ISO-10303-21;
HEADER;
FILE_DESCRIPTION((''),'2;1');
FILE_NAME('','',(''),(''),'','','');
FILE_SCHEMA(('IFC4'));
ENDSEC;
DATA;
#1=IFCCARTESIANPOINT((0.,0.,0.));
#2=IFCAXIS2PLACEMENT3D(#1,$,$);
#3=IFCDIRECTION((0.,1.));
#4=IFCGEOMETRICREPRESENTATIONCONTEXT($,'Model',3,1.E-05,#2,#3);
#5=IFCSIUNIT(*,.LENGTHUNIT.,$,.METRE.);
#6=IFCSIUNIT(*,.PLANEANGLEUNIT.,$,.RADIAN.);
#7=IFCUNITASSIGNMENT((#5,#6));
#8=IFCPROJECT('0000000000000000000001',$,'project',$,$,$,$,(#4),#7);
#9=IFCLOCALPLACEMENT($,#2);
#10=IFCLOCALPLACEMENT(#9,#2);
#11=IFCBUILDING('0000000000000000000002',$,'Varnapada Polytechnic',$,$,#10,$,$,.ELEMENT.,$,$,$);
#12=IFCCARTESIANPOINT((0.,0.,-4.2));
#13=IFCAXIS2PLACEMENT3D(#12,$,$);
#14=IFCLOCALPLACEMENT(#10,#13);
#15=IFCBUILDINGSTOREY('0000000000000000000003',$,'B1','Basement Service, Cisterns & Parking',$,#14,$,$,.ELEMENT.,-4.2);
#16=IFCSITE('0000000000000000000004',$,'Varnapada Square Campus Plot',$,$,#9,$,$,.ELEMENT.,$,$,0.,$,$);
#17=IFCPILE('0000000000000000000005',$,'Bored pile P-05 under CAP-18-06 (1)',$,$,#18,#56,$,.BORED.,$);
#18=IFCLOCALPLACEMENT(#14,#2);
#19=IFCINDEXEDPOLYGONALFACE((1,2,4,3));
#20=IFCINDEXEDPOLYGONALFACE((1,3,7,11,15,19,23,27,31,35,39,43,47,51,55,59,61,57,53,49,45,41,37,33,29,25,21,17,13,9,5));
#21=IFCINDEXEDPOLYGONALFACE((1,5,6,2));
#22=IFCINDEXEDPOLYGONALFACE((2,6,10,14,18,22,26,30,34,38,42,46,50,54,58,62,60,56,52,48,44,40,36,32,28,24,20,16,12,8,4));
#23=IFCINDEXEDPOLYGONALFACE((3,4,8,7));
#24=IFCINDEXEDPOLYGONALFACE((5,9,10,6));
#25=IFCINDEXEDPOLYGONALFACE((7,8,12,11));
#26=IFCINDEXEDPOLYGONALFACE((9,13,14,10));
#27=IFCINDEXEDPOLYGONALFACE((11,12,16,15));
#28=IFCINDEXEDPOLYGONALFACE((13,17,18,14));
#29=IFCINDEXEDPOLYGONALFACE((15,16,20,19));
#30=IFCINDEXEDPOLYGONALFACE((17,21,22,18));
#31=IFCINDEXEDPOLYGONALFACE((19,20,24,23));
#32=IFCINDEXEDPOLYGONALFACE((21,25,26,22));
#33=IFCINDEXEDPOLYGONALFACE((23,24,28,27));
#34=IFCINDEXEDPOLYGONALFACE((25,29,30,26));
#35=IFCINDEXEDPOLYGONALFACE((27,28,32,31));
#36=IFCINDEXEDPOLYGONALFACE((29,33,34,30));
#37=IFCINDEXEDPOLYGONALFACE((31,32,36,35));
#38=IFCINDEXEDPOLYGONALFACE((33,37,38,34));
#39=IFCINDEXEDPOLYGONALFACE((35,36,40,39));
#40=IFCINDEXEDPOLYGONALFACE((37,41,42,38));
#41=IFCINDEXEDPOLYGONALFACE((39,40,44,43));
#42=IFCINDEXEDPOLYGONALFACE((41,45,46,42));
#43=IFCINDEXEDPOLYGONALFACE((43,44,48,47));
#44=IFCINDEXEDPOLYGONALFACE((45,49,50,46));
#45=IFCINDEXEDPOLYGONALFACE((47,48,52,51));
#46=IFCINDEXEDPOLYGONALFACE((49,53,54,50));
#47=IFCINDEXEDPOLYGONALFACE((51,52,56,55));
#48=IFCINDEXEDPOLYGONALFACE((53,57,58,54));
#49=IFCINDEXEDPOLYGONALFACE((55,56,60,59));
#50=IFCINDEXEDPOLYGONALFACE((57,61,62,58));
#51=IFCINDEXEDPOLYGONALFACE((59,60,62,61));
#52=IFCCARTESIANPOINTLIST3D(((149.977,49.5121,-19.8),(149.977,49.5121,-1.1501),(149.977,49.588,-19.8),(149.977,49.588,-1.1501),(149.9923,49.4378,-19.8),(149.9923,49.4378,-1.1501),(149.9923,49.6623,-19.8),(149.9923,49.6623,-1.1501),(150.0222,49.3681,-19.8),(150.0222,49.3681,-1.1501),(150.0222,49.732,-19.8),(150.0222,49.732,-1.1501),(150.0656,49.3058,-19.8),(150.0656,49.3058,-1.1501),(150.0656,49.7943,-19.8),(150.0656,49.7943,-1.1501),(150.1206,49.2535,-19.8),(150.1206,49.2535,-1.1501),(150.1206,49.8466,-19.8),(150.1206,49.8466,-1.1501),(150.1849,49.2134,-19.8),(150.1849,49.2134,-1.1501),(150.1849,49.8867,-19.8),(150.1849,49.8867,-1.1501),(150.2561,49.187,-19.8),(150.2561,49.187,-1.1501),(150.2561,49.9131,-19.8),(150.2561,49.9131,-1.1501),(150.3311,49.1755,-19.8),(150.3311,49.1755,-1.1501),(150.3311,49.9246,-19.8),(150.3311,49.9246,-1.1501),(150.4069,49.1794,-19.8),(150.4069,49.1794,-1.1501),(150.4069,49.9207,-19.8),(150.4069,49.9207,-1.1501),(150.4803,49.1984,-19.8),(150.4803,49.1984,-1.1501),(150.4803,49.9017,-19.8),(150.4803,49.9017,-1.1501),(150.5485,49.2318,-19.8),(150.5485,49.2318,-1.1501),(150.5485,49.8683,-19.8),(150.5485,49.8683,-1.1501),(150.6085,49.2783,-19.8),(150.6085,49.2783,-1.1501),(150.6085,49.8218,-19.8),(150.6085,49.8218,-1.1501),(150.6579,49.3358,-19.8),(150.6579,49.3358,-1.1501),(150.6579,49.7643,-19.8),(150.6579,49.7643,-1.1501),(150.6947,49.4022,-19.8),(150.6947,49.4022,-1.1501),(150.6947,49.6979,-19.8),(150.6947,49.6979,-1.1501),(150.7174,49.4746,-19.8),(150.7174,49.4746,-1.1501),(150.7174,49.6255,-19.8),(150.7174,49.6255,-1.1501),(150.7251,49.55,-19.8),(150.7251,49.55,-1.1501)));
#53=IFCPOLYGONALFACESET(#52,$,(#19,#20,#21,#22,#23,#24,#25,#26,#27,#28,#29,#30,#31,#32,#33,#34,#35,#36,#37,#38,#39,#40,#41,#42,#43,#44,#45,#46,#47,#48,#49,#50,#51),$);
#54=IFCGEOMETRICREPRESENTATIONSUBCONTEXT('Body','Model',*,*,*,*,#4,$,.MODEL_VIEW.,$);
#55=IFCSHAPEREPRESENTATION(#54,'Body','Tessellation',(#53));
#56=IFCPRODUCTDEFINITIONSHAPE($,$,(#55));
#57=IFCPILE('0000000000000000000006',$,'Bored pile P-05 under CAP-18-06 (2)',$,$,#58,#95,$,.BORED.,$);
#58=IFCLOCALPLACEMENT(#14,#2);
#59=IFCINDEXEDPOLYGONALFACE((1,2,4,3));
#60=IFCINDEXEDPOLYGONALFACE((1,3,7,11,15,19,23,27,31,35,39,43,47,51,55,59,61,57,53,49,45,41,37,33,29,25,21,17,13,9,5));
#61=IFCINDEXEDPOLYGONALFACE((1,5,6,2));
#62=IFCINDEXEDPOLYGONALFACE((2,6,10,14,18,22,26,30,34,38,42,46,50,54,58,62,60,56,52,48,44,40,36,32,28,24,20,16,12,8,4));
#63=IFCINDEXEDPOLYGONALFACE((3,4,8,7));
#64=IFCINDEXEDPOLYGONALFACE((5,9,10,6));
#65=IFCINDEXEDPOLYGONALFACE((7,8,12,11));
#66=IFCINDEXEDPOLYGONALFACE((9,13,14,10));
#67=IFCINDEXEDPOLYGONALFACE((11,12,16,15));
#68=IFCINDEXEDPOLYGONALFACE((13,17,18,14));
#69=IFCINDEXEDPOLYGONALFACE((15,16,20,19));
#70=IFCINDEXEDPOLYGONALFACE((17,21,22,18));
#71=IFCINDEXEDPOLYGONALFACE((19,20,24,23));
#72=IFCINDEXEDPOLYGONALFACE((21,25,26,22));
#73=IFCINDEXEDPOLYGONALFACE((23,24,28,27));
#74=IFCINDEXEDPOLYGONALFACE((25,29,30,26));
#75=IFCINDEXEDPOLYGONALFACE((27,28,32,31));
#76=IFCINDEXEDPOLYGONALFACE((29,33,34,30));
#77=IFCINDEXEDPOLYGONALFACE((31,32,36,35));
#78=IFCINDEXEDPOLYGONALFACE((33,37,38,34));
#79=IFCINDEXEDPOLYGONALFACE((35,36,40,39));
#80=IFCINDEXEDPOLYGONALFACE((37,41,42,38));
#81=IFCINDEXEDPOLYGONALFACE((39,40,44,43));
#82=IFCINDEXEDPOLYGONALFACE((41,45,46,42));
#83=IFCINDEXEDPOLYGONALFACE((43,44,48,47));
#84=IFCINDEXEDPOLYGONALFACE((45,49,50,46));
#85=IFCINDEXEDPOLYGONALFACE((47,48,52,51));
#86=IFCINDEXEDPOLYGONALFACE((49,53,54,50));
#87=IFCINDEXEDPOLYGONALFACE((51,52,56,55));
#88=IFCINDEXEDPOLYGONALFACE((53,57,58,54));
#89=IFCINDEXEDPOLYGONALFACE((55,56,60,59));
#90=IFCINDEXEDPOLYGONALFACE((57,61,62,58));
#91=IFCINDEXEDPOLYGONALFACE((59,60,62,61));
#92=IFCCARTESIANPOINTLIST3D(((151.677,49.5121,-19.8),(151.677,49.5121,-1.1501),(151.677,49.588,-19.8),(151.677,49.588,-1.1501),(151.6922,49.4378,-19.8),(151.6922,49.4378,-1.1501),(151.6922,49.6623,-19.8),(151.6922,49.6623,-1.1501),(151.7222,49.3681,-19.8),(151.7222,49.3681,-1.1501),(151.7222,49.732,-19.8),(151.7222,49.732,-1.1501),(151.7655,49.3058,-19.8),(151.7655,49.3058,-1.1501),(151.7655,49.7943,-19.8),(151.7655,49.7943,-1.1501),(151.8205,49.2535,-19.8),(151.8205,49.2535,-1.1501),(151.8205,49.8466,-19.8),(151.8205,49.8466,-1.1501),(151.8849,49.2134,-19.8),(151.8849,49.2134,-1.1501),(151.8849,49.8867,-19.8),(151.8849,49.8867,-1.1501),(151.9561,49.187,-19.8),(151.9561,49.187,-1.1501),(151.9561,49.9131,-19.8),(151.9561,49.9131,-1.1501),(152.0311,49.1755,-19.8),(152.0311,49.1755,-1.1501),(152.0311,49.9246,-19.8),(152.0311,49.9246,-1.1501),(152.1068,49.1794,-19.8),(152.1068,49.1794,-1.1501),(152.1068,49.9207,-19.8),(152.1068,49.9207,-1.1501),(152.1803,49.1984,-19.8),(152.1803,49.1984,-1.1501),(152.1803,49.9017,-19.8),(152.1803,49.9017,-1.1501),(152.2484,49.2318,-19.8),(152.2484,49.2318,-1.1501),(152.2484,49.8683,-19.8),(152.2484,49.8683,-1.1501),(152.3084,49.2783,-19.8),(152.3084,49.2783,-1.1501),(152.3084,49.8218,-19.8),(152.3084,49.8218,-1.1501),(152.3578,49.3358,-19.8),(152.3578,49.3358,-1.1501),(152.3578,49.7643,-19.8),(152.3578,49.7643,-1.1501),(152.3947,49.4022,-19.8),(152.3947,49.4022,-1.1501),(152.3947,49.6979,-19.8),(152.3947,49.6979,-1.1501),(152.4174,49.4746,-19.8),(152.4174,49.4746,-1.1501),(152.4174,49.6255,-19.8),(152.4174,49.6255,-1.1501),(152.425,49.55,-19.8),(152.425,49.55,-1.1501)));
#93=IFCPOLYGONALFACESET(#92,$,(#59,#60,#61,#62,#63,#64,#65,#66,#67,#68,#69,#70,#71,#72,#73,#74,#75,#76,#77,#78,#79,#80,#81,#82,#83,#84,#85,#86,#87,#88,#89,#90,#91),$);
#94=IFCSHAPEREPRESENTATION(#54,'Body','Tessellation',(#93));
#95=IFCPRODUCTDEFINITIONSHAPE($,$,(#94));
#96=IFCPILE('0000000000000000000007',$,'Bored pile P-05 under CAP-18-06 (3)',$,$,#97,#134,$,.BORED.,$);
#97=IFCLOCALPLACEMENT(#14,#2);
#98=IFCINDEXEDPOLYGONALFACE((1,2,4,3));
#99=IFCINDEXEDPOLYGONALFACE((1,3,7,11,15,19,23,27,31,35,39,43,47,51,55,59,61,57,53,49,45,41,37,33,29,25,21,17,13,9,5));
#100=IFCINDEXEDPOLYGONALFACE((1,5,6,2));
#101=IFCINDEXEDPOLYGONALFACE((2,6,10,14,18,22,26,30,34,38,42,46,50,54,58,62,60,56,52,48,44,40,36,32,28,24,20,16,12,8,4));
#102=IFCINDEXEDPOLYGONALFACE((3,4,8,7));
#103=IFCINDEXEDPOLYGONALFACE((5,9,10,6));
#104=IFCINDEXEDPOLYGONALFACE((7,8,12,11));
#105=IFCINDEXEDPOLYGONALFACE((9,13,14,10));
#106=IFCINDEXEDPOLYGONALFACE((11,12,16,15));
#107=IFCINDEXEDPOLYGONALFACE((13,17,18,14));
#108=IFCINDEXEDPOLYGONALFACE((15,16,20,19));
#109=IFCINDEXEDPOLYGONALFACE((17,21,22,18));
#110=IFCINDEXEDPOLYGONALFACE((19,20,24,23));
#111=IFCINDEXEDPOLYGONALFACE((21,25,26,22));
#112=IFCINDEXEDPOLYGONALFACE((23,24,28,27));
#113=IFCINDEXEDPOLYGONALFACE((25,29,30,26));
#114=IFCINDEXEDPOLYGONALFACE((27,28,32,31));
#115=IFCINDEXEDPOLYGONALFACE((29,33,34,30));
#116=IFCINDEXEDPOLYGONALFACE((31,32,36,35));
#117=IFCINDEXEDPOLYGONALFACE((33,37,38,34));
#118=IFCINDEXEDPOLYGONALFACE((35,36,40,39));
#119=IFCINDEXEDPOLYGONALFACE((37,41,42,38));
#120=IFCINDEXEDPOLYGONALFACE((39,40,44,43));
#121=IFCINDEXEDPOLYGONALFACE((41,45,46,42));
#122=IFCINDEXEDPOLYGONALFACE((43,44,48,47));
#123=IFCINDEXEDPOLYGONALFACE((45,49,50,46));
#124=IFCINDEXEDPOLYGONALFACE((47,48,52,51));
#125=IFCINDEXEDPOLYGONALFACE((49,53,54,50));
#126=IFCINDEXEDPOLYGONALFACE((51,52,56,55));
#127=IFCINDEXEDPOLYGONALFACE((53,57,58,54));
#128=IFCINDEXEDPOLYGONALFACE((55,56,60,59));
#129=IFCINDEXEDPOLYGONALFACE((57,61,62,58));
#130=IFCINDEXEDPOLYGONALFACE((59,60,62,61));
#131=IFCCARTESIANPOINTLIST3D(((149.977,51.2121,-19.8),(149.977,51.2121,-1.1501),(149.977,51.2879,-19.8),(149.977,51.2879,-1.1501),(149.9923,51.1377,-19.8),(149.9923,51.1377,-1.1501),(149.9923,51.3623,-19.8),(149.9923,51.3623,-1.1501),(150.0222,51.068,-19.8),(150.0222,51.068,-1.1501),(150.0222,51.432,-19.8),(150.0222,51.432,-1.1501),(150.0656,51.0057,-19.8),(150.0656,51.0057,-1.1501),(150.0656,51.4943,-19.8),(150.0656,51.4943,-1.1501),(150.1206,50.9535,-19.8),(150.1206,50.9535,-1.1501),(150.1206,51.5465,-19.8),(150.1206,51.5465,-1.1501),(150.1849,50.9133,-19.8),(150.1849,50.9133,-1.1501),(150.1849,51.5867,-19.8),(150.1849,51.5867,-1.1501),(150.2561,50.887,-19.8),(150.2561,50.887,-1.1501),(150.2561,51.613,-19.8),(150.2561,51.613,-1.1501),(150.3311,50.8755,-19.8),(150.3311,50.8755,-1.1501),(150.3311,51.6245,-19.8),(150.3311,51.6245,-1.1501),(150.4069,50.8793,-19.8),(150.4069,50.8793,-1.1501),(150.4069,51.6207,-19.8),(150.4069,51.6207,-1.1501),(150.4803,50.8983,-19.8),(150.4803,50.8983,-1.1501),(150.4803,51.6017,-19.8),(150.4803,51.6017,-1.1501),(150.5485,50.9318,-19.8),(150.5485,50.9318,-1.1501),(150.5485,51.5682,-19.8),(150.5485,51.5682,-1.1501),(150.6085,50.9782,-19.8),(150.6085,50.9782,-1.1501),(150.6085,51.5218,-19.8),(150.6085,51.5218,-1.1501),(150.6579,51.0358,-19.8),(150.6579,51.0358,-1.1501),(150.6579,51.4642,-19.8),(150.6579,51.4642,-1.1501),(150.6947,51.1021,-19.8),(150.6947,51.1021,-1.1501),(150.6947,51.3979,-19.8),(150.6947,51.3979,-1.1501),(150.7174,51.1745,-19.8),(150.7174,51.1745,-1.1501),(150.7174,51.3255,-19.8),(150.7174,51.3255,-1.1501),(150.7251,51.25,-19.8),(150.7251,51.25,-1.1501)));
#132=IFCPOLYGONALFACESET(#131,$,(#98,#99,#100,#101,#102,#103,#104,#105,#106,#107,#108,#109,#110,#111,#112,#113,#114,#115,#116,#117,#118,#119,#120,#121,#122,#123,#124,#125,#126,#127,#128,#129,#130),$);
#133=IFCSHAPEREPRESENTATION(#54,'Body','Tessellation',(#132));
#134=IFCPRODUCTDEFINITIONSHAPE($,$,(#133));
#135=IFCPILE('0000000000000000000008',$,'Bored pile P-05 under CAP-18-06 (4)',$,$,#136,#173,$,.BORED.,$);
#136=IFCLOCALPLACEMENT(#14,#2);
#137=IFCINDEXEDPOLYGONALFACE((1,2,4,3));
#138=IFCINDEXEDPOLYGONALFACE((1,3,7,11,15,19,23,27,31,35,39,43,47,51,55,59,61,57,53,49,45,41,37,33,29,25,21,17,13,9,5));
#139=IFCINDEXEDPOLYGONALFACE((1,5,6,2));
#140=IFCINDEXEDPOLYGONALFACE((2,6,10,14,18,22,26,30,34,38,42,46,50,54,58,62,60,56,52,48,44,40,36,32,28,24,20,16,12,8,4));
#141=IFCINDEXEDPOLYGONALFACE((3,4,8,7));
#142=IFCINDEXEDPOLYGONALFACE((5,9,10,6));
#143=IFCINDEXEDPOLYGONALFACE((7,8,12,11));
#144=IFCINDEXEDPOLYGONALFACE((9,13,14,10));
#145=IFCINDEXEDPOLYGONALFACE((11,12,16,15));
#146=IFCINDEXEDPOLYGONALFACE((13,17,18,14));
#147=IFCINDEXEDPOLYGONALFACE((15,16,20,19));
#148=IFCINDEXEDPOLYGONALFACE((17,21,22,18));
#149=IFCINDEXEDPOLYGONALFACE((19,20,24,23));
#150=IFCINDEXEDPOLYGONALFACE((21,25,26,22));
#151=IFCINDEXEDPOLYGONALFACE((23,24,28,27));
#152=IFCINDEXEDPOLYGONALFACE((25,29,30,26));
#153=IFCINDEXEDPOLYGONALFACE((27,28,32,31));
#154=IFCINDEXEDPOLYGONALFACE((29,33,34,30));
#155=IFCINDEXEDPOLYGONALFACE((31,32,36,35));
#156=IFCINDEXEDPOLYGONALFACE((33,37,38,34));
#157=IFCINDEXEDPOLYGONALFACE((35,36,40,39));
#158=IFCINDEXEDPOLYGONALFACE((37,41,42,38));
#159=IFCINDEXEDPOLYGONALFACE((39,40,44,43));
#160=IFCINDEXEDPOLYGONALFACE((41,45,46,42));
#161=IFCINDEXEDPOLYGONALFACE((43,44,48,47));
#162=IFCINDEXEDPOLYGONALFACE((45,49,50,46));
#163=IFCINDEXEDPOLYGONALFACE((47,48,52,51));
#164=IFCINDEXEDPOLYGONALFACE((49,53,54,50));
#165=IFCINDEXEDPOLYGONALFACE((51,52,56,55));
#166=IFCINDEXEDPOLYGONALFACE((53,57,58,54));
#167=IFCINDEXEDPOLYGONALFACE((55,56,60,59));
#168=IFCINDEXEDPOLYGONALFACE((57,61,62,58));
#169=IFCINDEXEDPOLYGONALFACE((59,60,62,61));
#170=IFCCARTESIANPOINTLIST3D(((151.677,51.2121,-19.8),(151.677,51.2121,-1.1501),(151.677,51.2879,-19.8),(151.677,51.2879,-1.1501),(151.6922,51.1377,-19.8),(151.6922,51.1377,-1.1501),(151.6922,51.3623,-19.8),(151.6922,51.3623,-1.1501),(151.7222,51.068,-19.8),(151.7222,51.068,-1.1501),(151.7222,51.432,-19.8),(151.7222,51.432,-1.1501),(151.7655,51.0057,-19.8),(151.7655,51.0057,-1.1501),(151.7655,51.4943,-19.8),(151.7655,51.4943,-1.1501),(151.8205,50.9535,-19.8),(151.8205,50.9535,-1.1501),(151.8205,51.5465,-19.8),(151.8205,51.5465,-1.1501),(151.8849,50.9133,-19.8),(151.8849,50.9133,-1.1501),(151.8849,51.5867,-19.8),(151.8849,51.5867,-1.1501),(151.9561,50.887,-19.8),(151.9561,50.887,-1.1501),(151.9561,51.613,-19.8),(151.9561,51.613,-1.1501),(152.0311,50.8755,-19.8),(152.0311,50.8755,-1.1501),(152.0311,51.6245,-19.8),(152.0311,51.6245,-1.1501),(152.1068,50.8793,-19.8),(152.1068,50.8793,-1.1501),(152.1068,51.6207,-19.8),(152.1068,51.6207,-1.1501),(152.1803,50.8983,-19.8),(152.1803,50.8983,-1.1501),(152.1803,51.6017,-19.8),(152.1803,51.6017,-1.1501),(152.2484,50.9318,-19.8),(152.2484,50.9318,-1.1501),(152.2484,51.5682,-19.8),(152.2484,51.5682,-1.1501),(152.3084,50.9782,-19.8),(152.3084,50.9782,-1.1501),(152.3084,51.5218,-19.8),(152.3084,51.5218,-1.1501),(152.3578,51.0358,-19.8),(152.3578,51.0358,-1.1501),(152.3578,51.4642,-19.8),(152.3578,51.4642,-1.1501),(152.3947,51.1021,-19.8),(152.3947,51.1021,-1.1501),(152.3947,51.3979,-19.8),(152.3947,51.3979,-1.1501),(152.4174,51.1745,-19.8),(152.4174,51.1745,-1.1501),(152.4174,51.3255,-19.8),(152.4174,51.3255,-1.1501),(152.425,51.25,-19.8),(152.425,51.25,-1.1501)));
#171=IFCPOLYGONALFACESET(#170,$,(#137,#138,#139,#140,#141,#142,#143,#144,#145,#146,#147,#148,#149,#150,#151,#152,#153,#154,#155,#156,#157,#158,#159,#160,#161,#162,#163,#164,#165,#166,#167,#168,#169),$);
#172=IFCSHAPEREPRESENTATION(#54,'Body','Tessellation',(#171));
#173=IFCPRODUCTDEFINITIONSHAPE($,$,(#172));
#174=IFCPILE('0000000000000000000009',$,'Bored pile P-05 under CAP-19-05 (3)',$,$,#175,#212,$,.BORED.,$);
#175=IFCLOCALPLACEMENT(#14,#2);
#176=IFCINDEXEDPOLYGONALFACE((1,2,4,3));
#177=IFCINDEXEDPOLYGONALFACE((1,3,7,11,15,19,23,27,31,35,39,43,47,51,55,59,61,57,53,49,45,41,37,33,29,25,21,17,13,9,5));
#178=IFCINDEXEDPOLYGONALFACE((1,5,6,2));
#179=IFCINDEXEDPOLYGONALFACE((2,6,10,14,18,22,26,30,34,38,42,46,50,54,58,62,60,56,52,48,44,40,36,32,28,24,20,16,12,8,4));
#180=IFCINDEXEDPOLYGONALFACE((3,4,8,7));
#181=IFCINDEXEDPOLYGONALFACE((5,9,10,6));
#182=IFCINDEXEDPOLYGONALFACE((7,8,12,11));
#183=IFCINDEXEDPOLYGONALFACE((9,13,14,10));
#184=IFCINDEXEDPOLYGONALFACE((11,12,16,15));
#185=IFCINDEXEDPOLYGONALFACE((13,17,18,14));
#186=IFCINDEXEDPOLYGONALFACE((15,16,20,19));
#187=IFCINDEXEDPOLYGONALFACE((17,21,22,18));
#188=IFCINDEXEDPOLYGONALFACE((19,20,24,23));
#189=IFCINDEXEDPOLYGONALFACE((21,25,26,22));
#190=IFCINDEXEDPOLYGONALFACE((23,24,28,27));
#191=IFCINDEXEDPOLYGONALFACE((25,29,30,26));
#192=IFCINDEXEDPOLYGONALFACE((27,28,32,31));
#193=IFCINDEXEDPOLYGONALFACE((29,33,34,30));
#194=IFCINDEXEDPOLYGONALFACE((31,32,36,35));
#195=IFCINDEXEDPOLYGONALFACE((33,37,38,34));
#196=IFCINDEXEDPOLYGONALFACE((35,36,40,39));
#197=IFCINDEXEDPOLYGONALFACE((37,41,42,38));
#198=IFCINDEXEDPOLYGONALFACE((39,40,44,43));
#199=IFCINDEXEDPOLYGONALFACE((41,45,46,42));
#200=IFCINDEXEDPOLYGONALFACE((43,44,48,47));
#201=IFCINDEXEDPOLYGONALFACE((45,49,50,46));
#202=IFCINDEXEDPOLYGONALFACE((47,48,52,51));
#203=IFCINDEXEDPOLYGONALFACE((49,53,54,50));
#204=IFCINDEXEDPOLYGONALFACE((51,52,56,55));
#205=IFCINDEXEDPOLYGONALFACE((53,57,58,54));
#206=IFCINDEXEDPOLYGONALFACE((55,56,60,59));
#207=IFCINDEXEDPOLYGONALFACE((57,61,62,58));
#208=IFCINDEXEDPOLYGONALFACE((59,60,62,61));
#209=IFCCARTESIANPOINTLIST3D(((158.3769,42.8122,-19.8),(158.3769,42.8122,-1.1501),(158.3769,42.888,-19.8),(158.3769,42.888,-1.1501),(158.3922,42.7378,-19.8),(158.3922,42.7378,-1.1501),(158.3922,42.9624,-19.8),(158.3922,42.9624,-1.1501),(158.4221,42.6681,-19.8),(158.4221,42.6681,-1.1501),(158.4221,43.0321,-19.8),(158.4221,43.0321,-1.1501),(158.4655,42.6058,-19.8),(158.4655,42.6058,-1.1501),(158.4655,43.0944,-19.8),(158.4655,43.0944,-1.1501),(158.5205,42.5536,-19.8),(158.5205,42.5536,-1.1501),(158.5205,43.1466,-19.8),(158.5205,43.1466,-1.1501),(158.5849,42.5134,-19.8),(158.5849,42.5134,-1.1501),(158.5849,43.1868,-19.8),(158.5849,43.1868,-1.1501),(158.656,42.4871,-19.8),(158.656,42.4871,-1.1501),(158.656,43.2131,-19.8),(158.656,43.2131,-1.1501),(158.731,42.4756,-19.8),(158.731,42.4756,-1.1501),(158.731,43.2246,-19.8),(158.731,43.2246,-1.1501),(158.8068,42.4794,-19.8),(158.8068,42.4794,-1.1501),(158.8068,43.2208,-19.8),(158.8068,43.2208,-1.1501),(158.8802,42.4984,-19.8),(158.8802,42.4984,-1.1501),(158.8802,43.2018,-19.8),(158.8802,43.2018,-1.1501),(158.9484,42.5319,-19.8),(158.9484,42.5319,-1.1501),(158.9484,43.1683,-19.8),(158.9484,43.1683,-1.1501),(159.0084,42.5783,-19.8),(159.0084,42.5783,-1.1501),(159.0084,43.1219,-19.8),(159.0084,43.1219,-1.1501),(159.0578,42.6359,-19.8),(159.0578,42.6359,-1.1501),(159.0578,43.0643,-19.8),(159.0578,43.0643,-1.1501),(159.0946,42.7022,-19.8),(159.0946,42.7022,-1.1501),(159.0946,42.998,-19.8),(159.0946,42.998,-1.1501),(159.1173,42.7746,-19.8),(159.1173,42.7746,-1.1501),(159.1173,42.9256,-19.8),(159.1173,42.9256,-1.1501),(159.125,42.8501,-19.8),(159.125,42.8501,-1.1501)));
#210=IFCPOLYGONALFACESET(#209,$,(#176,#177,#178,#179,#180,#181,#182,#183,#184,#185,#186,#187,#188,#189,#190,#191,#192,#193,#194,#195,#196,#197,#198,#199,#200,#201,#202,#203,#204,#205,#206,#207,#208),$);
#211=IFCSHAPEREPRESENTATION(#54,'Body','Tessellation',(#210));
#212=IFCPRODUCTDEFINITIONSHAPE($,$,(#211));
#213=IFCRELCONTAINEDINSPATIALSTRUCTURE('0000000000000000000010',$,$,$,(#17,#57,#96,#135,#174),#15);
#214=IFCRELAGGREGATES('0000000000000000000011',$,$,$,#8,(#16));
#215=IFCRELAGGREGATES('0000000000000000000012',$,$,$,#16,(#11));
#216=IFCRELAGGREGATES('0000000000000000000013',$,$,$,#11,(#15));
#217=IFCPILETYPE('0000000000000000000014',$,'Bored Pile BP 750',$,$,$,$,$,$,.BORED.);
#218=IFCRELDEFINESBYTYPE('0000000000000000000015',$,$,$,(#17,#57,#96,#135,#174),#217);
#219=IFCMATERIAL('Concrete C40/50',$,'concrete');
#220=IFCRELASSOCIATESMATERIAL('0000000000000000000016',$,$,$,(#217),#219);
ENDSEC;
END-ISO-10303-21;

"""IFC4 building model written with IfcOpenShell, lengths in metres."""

from ifc_helpers import new_model, si_unit, direction, frame, origin, origin_2d, place, context, subcontext, project, spatial, circle, extrude, material, material_profile, profile_set, type_object, element, save


model = new_model("IFC4")

# Units and contexts
model_context = context("Model", 3, precision=1e-05, world=origin(), true_north=direction((0.0, 1.0)))
body_context = subcontext(model_context, "Body", "Model", "MODEL_VIEW")
ifc_project = project(units=[si_unit("LENGTHUNIT", "METRE"), si_unit("PLANEANGLEUNIT", "RADIAN")], contexts=[model_context])

# Site, building, storey
site_placement = place(None, origin())
site = spatial("IfcSite", under=ifc_project, at=site_placement, Name="Varnapada Square Campus Plot", CompositionType="ELEMENT", RefElevation=0.0)
building_placement = place(site_placement, origin())
building = spatial("IfcBuilding", under=site, at=building_placement, Name="Varnapada Polytechnic", CompositionType="ELEMENT")
storey_placement = place(building_placement, frame((0.0, 0.0, -4.2)))
storey = spatial("IfcBuildingStorey", under=building, at=storey_placement, Name="B1", Description="Basement Service, Cisterns & Parking", CompositionType="ELEMENT", Elevation=-4.2)

# Piles
ifc_material_1 = material(Name="Concrete C40/50", Category="concrete")
ifc_material_profile_1 = material_profile(ifc_material_1, circle(Radius=0.375, at=origin_2d()), Name="BP 750")
ifc_profile_set_1 = profile_set([ifc_material_profile_1], Name="Concrete C40/50")
pile_type = type_object("IfcPileType", Name="Bored Pile BP 750", PredefinedType="BORED", material=ifc_profile_set_1)
for number, where, z_axis, x_axis, name in (
    (1, (150.3501, 49.55, -1.1501), (0.0, 0.0, -1.0), (1.0, 0.0, 0.0), "Bored pile P-05 under CAP-18-06 (1)"),
    (2, (152.05, 49.55, -1.1501), (0.0, 0.0, -1.0), (1.0, 0.0, 0.0), "Bored pile P-05 under CAP-18-06 (2)"),
    (3, (150.3501, 51.25, -1.1501), (0.0, 0.0, -1.0), (1.0, 0.0, 0.0), "Bored pile P-05 under CAP-18-06 (3)"),
    (4, (152.05, 51.25, -1.1501), (0.0, 0.0, -1.0), (1.0, 0.0, 0.0), "Bored pile P-05 under CAP-18-06 (4)"),
    (5, (158.75, 42.8501, -1.1501), (0.0, 0.0, -1.0), (1.0, 0.0, 0.0), "Bored pile P-05 under CAP-19-05 (3)"),
):
    element("IfcPile", number, at=place(storey_placement, frame(where, z_axis=z_axis, x_axis=x_axis)), inside=storey, type_object=pile_type, Name=name, PredefinedType="BORED", context=body_context, shape_type="SweptSolid", body=[
        extrude(circle(Radius=0.375, at=origin_2d()), origin(), (0.0, 0.0, 1.0), 18.6499),
    ])

save(model, "model.ifc")
